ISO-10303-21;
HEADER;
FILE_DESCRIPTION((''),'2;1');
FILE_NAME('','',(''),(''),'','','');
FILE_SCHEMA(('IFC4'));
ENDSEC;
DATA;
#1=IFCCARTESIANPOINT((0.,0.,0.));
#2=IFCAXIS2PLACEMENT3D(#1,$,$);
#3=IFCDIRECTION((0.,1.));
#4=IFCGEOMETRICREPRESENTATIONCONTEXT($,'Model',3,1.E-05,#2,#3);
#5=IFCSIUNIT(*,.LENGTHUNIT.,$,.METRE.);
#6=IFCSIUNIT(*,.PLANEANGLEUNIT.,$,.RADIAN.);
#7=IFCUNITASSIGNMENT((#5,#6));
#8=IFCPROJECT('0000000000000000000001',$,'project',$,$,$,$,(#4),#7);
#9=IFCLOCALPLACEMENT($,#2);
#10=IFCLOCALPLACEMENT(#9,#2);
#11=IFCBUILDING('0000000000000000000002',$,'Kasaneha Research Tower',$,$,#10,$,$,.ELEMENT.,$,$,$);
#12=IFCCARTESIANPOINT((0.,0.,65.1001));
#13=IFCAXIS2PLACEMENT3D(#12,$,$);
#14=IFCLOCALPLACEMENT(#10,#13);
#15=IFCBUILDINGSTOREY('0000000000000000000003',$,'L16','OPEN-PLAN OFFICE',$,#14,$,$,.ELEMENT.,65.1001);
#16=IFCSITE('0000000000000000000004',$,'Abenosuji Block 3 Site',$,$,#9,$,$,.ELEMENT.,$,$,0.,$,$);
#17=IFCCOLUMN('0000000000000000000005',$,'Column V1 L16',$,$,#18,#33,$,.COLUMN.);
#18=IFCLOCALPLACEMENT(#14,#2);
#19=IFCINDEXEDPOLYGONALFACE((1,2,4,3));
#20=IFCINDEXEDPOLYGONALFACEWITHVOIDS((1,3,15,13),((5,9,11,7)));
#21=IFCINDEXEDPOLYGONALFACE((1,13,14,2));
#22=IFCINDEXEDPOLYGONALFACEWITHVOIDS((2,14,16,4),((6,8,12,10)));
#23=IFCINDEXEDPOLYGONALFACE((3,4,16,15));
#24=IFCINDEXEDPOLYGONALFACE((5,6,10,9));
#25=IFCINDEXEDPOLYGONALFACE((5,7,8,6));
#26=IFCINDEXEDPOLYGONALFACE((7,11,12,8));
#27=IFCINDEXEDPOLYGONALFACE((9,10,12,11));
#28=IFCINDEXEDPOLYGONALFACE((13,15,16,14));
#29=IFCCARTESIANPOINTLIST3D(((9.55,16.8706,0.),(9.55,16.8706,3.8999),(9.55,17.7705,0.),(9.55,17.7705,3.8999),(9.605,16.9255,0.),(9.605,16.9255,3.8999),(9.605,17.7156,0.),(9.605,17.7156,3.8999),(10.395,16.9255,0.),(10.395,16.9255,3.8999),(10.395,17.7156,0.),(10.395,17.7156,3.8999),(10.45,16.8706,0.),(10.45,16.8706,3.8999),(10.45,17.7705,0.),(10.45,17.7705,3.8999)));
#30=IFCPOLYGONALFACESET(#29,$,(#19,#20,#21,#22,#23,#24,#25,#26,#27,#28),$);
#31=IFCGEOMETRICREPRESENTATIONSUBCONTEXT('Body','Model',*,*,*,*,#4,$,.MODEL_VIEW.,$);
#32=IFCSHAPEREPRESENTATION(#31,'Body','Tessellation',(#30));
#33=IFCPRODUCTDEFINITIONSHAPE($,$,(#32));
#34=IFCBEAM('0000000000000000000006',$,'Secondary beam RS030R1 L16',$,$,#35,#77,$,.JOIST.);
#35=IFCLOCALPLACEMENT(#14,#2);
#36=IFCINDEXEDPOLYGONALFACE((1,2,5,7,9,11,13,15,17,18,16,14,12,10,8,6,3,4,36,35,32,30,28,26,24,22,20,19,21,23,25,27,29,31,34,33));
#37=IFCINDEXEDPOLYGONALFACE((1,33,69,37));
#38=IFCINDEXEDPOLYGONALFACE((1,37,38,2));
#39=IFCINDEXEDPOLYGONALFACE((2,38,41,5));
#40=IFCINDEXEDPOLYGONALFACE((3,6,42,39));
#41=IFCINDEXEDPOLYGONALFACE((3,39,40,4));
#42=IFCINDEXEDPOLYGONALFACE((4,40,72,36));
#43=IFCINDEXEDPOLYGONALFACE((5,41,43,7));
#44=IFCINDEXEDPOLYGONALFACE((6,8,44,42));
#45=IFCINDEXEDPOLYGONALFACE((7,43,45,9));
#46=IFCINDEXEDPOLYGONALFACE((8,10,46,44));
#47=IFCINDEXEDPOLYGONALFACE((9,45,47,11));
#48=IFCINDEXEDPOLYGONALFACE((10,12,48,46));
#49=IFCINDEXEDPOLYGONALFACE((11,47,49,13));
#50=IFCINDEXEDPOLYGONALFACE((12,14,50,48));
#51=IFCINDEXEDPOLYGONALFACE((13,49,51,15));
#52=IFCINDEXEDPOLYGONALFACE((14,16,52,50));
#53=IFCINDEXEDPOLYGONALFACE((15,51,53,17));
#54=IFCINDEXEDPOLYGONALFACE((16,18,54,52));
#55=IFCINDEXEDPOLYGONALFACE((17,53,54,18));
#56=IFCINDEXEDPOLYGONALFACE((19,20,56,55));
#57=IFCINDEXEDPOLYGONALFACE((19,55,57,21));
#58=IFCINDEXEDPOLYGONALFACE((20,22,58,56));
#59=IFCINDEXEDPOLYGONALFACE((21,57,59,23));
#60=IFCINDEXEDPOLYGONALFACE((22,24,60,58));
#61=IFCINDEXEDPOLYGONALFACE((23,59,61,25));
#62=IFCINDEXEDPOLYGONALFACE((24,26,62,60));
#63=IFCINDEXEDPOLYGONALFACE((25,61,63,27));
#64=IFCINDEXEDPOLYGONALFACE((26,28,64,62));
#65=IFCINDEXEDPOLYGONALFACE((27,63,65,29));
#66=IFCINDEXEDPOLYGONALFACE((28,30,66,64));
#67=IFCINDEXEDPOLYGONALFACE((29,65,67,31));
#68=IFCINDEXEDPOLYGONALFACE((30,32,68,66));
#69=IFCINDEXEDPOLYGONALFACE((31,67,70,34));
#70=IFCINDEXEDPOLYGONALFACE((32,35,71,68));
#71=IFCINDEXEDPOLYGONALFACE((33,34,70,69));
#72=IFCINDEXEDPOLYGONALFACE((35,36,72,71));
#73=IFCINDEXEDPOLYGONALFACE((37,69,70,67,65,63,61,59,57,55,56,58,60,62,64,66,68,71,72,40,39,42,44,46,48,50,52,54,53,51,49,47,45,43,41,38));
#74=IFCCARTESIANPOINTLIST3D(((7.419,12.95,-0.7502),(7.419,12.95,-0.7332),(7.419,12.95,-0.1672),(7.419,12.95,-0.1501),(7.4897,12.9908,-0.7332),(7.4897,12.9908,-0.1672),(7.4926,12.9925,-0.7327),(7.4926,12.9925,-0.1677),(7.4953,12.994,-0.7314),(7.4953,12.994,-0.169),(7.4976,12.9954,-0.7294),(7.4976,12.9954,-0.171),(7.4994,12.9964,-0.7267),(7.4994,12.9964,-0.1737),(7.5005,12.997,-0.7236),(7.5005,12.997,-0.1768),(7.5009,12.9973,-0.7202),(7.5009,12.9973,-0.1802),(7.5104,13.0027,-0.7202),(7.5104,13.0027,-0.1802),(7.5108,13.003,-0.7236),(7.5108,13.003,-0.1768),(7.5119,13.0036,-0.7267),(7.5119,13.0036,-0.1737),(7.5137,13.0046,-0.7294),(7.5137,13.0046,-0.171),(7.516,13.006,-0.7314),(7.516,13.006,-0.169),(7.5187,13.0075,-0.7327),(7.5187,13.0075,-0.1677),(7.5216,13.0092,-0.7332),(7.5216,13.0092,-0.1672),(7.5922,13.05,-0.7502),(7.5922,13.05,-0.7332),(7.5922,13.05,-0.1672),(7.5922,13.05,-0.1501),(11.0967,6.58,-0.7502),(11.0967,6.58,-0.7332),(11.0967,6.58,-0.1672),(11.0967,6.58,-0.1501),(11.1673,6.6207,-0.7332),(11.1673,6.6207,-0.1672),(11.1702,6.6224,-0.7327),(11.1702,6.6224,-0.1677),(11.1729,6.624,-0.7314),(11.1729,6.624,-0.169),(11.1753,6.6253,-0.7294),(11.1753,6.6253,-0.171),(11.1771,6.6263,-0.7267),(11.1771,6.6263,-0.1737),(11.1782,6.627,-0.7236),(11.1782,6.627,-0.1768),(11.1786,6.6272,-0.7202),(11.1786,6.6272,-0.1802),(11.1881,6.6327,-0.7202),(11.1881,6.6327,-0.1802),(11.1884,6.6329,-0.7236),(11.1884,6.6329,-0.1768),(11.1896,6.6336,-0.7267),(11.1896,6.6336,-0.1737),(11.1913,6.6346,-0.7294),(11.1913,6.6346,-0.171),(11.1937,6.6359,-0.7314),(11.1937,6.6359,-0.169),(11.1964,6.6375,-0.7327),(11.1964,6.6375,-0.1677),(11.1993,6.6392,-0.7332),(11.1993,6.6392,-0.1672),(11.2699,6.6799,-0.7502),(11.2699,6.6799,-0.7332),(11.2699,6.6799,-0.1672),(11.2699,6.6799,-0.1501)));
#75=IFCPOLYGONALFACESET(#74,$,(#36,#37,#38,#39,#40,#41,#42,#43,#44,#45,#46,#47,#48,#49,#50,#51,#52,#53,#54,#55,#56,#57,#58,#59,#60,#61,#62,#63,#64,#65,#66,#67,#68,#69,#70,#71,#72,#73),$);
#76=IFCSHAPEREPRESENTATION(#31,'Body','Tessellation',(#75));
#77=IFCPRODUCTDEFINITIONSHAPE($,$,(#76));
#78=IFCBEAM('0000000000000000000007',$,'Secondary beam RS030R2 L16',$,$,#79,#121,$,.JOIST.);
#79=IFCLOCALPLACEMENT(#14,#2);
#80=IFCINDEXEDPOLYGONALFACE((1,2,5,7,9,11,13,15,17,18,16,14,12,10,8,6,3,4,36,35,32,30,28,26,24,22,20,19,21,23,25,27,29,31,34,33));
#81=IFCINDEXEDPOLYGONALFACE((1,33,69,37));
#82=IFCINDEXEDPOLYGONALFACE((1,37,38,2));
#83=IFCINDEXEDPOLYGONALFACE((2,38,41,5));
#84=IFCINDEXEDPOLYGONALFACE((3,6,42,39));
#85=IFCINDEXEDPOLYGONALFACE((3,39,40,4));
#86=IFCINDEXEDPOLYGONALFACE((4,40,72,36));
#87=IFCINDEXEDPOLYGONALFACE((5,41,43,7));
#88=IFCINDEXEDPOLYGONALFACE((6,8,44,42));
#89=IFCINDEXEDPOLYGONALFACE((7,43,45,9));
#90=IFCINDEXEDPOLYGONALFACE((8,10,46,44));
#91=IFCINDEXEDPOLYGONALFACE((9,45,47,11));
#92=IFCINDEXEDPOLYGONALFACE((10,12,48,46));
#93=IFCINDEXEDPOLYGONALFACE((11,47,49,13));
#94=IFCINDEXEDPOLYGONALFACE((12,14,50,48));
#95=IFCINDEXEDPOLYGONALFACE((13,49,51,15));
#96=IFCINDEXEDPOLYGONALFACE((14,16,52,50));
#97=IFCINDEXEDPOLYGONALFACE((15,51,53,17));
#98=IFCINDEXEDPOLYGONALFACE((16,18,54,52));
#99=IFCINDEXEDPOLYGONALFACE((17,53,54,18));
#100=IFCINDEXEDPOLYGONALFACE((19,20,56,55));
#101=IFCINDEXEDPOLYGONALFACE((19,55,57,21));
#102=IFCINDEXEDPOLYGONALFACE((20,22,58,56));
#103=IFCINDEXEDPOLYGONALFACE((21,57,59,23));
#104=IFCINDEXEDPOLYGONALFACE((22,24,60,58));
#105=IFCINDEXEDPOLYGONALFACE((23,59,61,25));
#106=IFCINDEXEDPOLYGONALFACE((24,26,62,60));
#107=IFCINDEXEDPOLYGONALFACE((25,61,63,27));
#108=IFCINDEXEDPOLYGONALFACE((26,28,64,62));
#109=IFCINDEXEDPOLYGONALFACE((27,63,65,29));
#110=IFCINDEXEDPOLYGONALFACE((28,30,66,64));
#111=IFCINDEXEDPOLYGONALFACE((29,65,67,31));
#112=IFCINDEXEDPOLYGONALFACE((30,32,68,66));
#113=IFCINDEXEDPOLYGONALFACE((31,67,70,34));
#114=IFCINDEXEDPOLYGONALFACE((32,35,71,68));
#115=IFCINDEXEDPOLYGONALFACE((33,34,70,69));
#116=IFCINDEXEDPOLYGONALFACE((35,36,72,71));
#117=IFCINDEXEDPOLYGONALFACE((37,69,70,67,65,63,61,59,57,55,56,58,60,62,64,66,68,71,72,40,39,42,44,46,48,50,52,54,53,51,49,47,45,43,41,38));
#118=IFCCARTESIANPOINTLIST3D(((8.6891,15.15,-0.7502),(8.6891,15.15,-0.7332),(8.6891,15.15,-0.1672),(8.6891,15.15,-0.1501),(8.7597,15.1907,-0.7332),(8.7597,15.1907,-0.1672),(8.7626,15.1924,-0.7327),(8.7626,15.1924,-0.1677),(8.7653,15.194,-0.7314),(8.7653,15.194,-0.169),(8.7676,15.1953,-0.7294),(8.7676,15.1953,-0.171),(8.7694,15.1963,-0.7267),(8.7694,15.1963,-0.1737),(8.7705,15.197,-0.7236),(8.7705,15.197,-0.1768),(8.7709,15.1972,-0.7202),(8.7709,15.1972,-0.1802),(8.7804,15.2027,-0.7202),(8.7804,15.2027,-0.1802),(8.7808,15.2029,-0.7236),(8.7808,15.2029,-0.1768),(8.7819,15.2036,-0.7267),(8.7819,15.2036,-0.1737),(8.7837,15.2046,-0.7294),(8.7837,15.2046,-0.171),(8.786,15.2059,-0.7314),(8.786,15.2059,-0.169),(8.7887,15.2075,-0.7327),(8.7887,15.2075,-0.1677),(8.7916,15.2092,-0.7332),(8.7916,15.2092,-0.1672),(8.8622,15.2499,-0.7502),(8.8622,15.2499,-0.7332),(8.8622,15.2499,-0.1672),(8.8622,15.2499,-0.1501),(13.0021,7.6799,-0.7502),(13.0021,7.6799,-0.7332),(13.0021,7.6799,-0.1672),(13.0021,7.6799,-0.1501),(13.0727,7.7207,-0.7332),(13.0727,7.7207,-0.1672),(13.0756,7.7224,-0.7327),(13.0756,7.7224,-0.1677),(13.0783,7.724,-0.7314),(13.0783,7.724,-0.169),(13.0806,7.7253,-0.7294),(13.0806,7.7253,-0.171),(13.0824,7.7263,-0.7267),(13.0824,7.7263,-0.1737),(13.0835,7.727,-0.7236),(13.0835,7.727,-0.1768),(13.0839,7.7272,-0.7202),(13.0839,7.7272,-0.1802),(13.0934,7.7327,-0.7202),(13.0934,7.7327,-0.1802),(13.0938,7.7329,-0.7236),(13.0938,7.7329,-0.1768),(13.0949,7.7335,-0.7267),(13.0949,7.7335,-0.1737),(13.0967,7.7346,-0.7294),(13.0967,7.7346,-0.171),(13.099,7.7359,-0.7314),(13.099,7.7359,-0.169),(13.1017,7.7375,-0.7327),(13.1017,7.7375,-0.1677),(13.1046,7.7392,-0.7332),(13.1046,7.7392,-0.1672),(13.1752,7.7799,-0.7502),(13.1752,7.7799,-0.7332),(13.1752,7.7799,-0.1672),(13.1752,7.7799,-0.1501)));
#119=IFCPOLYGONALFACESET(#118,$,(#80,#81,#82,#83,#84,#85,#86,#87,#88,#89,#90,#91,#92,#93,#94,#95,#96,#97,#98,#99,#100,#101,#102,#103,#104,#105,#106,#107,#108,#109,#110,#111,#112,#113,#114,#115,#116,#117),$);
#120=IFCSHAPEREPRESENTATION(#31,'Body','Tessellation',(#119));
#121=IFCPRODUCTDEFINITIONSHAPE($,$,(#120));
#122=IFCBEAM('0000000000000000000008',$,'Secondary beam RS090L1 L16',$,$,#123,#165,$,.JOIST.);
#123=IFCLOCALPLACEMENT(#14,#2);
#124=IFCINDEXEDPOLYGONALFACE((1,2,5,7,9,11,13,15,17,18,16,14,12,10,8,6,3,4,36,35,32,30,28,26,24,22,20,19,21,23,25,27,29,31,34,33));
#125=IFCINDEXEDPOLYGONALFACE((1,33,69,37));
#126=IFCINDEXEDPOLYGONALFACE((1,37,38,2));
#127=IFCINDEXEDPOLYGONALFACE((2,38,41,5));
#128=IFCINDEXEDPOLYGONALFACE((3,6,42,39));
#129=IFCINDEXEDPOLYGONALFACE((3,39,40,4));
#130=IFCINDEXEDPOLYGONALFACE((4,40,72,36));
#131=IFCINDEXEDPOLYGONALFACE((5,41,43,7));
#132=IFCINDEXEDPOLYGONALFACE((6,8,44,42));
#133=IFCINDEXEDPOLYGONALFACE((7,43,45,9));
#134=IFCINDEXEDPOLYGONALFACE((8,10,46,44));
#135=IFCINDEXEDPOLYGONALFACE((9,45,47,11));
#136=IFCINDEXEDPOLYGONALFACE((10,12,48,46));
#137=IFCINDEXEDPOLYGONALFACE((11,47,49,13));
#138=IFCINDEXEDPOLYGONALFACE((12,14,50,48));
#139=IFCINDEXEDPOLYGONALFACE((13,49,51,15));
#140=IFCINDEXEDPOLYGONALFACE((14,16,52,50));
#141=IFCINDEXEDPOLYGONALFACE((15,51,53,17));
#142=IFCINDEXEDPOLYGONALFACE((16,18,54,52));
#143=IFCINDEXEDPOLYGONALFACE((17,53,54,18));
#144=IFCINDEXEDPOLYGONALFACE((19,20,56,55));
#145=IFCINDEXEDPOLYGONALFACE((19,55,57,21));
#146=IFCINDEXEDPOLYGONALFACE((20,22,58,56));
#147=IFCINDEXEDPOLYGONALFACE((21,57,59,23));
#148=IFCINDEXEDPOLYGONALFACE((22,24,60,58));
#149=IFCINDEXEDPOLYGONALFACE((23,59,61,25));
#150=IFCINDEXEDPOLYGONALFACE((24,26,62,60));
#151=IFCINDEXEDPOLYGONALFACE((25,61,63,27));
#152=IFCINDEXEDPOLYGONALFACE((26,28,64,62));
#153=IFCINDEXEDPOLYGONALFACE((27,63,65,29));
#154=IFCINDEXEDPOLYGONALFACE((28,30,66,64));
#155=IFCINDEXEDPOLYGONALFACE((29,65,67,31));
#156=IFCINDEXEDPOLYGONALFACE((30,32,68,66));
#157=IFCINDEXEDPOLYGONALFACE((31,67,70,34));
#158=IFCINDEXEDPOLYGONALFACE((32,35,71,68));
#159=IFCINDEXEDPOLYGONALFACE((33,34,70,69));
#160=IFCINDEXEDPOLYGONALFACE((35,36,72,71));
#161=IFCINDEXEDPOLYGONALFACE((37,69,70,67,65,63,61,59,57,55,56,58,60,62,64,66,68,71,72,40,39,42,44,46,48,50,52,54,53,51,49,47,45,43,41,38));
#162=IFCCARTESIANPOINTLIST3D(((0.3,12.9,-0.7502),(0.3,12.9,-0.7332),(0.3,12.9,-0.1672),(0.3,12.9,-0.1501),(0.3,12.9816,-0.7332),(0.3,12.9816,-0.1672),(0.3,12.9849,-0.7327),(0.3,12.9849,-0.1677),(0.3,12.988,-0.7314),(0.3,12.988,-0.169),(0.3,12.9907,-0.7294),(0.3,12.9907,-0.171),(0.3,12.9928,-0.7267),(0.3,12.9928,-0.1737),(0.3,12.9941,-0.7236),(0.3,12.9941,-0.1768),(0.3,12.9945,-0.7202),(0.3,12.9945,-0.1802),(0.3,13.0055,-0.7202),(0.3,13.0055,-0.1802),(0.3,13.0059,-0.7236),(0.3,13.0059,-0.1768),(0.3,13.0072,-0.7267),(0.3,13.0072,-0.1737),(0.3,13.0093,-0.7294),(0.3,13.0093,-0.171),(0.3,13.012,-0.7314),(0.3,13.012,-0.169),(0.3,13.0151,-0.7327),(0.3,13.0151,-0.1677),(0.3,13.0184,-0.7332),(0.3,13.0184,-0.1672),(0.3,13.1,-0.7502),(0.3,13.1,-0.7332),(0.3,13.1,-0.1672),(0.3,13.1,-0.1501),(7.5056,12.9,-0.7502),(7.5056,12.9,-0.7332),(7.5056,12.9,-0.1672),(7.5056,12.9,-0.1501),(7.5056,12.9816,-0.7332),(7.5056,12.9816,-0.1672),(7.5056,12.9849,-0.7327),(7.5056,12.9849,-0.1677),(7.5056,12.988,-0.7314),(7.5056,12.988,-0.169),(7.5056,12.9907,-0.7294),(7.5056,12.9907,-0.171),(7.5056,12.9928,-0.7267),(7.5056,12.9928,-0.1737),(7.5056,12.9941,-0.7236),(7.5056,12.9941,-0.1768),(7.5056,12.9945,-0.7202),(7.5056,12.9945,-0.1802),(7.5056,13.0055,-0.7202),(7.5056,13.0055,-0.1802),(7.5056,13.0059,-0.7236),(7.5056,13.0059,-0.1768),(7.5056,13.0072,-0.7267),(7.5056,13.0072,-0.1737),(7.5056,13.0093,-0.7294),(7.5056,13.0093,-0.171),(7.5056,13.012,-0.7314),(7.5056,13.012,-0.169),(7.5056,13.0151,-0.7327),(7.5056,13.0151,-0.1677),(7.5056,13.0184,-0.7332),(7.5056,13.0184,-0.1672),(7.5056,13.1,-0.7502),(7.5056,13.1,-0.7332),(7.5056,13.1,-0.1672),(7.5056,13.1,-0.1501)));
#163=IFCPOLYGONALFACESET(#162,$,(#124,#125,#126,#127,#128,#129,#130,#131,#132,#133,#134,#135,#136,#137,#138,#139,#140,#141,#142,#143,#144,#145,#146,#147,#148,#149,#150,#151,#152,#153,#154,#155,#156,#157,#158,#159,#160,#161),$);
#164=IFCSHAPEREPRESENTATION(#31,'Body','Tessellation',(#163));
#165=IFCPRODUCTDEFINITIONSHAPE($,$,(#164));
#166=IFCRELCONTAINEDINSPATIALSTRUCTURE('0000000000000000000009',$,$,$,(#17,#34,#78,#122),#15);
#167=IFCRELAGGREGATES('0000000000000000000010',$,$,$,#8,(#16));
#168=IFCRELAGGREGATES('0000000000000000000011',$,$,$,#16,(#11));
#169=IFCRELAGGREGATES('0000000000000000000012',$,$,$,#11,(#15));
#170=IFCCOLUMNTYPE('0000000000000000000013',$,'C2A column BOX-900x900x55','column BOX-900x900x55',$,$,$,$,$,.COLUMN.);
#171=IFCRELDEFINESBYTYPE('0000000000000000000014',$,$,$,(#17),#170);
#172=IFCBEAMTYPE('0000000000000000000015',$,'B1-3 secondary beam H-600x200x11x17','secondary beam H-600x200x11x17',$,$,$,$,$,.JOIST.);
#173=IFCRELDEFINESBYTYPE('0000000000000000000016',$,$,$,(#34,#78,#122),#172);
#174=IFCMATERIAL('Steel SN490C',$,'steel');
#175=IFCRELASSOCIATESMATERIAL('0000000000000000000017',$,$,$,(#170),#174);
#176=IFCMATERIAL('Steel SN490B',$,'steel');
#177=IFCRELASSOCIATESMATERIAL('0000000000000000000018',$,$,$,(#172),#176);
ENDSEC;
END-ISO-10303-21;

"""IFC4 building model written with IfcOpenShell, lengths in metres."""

from ifc_helpers import new_model, si_unit, direction, frame, origin, origin_2d, place, context, subcontext, project, spatial, hollow_rectangle, i_section, extrude, material, material_profile, profile_set, type_object, element, save


model = new_model("IFC4")

# Units and contexts
model_context = context("Model", 3, precision=1e-05, world=origin(), true_north=direction((0.0, 1.0)))
body_context = subcontext(model_context, "Body", "Model", "MODEL_VIEW")
ifc_project = project(units=[si_unit("LENGTHUNIT", "METRE"), si_unit("PLANEANGLEUNIT", "RADIAN")], contexts=[model_context])

# Site, building, storey
site_placement = place(None, origin())
site = spatial("IfcSite", under=ifc_project, at=site_placement, Name="Abenosuji Block 3 Site", CompositionType="ELEMENT", RefElevation=0.0)
building_placement = place(site_placement, origin())
building = spatial("IfcBuilding", under=site, at=building_placement, Name="Kasaneha Research Tower", CompositionType="ELEMENT")
storey_placement = place(building_placement, frame((0.0, 0.0, 65.1001)))
storey = spatial("IfcBuildingStorey", under=building, at=storey_placement, Name="L16", Description="OPEN-PLAN OFFICE", CompositionType="ELEMENT", Elevation=65.1001)

# Column
ifc_material_1 = material(Name="Steel SN490C", Category="steel")
ifc_material_profile_1 = material_profile(ifc_material_1, hollow_rectangle(XDim=0.8999, YDim=0.8999, WallThickness=0.0549, at=origin_2d()), Name="BOX-900x900x55")
ifc_profile_set_1 = profile_set([ifc_material_profile_1], Name="Steel SN490C")
column_type = type_object("IfcColumnType", Name="C2A column BOX-900x900x55", Description="column BOX-900x900x55", PredefinedType="COLUMN", material=ifc_profile_set_1)
column_placement = place(storey_placement, frame((10.0, 17.3206, 0.0), z_axis=(0.0, 0.0, 1.0), x_axis=(1.0, 0.0, 0.0)))
element("IfcColumn", 1, at=column_placement, inside=storey, type_object=column_type, Name="Column V1 L16", PredefinedType="COLUMN", context=body_context, shape_type="SweptSolid", body=[
    extrude(hollow_rectangle(XDim=0.8999, YDim=0.8999, WallThickness=0.0549, at=origin_2d()), origin(), (0.0, 0.0, 1.0), 3.8999),
])

# Beams
ifc_material_2 = material(Name="Steel SN490B", Category="steel")
ifc_material_profile_2 = material_profile(ifc_material_2, i_section(OverallWidth=0.2, OverallDepth=0.6001, WebThickness=0.011, FlangeThickness=0.0171, FilletRadius=0.0129, at=origin_2d()), Name="H-600x200x11x17")
ifc_profile_set_2 = profile_set([ifc_material_profile_2], Name="Steel SN490B")
beam_type_1 = type_object("IfcBeamType", Name="B1-3 secondary beam H-600x200x11x17", Description="secondary beam H-600x200x11x17", PredefinedType="JOIST", material=ifc_profile_set_2)
beam_1_placement = place(storey_placement, frame((7.5056, 13.0, -0.4502), z_axis=(0.499994, -0.866029, 0.0), x_axis=(0.866029, 0.499994, 0.0)))
element("IfcBeam", 2, at=beam_1_placement, inside=storey, type_object=beam_type_1, Name="Secondary beam RS030R1 L16", PredefinedType="JOIST", context=body_context, shape_type="SweptSolid", body=[
    extrude(i_section(OverallWidth=0.2, OverallDepth=0.6001, WebThickness=0.011, FlangeThickness=0.0171, FilletRadius=0.0129, at=origin_2d()), origin(), (0.0, 0.0, 1.0), 7.3555),
])
beam_2_placement = place(storey_placement, frame((8.7756, 15.2, -0.4502), z_axis=(0.500017, -0.866015, 0.0), x_axis=(0.866015, 0.500017, 0.0)))
element("IfcBeam", 3, at=beam_2_placement, inside=storey, type_object=beam_type_1, Name="Secondary beam RS030R2 L16", PredefinedType="JOIST", context=body_context, shape_type="SweptSolid", body=[
    extrude(i_section(OverallWidth=0.2, OverallDepth=0.6001, WebThickness=0.011, FlangeThickness=0.0171, FilletRadius=0.0129, at=origin_2d()), origin(), (0.0, 0.0, 1.0), 8.6257),
])
beam_3_placement = place(storey_placement, frame((7.5056, 13.0, -0.4502), z_axis=(-1.0, 0.0, 0.0), x_axis=(0.0, -1.0, 0.0)))
element("IfcBeam", 4, at=beam_3_placement, inside=storey, type_object=beam_type_1, Name="Secondary beam RS090L1 L16", PredefinedType="JOIST", context=body_context, shape_type="SweptSolid", body=[
    extrude(i_section(OverallWidth=0.2, OverallDepth=0.6001, WebThickness=0.011, FlangeThickness=0.0171, FilletRadius=0.0129, at=origin_2d()), origin(), (0.0, 0.0, 1.0), 7.2056),
])

save(model, "model.ifc")
